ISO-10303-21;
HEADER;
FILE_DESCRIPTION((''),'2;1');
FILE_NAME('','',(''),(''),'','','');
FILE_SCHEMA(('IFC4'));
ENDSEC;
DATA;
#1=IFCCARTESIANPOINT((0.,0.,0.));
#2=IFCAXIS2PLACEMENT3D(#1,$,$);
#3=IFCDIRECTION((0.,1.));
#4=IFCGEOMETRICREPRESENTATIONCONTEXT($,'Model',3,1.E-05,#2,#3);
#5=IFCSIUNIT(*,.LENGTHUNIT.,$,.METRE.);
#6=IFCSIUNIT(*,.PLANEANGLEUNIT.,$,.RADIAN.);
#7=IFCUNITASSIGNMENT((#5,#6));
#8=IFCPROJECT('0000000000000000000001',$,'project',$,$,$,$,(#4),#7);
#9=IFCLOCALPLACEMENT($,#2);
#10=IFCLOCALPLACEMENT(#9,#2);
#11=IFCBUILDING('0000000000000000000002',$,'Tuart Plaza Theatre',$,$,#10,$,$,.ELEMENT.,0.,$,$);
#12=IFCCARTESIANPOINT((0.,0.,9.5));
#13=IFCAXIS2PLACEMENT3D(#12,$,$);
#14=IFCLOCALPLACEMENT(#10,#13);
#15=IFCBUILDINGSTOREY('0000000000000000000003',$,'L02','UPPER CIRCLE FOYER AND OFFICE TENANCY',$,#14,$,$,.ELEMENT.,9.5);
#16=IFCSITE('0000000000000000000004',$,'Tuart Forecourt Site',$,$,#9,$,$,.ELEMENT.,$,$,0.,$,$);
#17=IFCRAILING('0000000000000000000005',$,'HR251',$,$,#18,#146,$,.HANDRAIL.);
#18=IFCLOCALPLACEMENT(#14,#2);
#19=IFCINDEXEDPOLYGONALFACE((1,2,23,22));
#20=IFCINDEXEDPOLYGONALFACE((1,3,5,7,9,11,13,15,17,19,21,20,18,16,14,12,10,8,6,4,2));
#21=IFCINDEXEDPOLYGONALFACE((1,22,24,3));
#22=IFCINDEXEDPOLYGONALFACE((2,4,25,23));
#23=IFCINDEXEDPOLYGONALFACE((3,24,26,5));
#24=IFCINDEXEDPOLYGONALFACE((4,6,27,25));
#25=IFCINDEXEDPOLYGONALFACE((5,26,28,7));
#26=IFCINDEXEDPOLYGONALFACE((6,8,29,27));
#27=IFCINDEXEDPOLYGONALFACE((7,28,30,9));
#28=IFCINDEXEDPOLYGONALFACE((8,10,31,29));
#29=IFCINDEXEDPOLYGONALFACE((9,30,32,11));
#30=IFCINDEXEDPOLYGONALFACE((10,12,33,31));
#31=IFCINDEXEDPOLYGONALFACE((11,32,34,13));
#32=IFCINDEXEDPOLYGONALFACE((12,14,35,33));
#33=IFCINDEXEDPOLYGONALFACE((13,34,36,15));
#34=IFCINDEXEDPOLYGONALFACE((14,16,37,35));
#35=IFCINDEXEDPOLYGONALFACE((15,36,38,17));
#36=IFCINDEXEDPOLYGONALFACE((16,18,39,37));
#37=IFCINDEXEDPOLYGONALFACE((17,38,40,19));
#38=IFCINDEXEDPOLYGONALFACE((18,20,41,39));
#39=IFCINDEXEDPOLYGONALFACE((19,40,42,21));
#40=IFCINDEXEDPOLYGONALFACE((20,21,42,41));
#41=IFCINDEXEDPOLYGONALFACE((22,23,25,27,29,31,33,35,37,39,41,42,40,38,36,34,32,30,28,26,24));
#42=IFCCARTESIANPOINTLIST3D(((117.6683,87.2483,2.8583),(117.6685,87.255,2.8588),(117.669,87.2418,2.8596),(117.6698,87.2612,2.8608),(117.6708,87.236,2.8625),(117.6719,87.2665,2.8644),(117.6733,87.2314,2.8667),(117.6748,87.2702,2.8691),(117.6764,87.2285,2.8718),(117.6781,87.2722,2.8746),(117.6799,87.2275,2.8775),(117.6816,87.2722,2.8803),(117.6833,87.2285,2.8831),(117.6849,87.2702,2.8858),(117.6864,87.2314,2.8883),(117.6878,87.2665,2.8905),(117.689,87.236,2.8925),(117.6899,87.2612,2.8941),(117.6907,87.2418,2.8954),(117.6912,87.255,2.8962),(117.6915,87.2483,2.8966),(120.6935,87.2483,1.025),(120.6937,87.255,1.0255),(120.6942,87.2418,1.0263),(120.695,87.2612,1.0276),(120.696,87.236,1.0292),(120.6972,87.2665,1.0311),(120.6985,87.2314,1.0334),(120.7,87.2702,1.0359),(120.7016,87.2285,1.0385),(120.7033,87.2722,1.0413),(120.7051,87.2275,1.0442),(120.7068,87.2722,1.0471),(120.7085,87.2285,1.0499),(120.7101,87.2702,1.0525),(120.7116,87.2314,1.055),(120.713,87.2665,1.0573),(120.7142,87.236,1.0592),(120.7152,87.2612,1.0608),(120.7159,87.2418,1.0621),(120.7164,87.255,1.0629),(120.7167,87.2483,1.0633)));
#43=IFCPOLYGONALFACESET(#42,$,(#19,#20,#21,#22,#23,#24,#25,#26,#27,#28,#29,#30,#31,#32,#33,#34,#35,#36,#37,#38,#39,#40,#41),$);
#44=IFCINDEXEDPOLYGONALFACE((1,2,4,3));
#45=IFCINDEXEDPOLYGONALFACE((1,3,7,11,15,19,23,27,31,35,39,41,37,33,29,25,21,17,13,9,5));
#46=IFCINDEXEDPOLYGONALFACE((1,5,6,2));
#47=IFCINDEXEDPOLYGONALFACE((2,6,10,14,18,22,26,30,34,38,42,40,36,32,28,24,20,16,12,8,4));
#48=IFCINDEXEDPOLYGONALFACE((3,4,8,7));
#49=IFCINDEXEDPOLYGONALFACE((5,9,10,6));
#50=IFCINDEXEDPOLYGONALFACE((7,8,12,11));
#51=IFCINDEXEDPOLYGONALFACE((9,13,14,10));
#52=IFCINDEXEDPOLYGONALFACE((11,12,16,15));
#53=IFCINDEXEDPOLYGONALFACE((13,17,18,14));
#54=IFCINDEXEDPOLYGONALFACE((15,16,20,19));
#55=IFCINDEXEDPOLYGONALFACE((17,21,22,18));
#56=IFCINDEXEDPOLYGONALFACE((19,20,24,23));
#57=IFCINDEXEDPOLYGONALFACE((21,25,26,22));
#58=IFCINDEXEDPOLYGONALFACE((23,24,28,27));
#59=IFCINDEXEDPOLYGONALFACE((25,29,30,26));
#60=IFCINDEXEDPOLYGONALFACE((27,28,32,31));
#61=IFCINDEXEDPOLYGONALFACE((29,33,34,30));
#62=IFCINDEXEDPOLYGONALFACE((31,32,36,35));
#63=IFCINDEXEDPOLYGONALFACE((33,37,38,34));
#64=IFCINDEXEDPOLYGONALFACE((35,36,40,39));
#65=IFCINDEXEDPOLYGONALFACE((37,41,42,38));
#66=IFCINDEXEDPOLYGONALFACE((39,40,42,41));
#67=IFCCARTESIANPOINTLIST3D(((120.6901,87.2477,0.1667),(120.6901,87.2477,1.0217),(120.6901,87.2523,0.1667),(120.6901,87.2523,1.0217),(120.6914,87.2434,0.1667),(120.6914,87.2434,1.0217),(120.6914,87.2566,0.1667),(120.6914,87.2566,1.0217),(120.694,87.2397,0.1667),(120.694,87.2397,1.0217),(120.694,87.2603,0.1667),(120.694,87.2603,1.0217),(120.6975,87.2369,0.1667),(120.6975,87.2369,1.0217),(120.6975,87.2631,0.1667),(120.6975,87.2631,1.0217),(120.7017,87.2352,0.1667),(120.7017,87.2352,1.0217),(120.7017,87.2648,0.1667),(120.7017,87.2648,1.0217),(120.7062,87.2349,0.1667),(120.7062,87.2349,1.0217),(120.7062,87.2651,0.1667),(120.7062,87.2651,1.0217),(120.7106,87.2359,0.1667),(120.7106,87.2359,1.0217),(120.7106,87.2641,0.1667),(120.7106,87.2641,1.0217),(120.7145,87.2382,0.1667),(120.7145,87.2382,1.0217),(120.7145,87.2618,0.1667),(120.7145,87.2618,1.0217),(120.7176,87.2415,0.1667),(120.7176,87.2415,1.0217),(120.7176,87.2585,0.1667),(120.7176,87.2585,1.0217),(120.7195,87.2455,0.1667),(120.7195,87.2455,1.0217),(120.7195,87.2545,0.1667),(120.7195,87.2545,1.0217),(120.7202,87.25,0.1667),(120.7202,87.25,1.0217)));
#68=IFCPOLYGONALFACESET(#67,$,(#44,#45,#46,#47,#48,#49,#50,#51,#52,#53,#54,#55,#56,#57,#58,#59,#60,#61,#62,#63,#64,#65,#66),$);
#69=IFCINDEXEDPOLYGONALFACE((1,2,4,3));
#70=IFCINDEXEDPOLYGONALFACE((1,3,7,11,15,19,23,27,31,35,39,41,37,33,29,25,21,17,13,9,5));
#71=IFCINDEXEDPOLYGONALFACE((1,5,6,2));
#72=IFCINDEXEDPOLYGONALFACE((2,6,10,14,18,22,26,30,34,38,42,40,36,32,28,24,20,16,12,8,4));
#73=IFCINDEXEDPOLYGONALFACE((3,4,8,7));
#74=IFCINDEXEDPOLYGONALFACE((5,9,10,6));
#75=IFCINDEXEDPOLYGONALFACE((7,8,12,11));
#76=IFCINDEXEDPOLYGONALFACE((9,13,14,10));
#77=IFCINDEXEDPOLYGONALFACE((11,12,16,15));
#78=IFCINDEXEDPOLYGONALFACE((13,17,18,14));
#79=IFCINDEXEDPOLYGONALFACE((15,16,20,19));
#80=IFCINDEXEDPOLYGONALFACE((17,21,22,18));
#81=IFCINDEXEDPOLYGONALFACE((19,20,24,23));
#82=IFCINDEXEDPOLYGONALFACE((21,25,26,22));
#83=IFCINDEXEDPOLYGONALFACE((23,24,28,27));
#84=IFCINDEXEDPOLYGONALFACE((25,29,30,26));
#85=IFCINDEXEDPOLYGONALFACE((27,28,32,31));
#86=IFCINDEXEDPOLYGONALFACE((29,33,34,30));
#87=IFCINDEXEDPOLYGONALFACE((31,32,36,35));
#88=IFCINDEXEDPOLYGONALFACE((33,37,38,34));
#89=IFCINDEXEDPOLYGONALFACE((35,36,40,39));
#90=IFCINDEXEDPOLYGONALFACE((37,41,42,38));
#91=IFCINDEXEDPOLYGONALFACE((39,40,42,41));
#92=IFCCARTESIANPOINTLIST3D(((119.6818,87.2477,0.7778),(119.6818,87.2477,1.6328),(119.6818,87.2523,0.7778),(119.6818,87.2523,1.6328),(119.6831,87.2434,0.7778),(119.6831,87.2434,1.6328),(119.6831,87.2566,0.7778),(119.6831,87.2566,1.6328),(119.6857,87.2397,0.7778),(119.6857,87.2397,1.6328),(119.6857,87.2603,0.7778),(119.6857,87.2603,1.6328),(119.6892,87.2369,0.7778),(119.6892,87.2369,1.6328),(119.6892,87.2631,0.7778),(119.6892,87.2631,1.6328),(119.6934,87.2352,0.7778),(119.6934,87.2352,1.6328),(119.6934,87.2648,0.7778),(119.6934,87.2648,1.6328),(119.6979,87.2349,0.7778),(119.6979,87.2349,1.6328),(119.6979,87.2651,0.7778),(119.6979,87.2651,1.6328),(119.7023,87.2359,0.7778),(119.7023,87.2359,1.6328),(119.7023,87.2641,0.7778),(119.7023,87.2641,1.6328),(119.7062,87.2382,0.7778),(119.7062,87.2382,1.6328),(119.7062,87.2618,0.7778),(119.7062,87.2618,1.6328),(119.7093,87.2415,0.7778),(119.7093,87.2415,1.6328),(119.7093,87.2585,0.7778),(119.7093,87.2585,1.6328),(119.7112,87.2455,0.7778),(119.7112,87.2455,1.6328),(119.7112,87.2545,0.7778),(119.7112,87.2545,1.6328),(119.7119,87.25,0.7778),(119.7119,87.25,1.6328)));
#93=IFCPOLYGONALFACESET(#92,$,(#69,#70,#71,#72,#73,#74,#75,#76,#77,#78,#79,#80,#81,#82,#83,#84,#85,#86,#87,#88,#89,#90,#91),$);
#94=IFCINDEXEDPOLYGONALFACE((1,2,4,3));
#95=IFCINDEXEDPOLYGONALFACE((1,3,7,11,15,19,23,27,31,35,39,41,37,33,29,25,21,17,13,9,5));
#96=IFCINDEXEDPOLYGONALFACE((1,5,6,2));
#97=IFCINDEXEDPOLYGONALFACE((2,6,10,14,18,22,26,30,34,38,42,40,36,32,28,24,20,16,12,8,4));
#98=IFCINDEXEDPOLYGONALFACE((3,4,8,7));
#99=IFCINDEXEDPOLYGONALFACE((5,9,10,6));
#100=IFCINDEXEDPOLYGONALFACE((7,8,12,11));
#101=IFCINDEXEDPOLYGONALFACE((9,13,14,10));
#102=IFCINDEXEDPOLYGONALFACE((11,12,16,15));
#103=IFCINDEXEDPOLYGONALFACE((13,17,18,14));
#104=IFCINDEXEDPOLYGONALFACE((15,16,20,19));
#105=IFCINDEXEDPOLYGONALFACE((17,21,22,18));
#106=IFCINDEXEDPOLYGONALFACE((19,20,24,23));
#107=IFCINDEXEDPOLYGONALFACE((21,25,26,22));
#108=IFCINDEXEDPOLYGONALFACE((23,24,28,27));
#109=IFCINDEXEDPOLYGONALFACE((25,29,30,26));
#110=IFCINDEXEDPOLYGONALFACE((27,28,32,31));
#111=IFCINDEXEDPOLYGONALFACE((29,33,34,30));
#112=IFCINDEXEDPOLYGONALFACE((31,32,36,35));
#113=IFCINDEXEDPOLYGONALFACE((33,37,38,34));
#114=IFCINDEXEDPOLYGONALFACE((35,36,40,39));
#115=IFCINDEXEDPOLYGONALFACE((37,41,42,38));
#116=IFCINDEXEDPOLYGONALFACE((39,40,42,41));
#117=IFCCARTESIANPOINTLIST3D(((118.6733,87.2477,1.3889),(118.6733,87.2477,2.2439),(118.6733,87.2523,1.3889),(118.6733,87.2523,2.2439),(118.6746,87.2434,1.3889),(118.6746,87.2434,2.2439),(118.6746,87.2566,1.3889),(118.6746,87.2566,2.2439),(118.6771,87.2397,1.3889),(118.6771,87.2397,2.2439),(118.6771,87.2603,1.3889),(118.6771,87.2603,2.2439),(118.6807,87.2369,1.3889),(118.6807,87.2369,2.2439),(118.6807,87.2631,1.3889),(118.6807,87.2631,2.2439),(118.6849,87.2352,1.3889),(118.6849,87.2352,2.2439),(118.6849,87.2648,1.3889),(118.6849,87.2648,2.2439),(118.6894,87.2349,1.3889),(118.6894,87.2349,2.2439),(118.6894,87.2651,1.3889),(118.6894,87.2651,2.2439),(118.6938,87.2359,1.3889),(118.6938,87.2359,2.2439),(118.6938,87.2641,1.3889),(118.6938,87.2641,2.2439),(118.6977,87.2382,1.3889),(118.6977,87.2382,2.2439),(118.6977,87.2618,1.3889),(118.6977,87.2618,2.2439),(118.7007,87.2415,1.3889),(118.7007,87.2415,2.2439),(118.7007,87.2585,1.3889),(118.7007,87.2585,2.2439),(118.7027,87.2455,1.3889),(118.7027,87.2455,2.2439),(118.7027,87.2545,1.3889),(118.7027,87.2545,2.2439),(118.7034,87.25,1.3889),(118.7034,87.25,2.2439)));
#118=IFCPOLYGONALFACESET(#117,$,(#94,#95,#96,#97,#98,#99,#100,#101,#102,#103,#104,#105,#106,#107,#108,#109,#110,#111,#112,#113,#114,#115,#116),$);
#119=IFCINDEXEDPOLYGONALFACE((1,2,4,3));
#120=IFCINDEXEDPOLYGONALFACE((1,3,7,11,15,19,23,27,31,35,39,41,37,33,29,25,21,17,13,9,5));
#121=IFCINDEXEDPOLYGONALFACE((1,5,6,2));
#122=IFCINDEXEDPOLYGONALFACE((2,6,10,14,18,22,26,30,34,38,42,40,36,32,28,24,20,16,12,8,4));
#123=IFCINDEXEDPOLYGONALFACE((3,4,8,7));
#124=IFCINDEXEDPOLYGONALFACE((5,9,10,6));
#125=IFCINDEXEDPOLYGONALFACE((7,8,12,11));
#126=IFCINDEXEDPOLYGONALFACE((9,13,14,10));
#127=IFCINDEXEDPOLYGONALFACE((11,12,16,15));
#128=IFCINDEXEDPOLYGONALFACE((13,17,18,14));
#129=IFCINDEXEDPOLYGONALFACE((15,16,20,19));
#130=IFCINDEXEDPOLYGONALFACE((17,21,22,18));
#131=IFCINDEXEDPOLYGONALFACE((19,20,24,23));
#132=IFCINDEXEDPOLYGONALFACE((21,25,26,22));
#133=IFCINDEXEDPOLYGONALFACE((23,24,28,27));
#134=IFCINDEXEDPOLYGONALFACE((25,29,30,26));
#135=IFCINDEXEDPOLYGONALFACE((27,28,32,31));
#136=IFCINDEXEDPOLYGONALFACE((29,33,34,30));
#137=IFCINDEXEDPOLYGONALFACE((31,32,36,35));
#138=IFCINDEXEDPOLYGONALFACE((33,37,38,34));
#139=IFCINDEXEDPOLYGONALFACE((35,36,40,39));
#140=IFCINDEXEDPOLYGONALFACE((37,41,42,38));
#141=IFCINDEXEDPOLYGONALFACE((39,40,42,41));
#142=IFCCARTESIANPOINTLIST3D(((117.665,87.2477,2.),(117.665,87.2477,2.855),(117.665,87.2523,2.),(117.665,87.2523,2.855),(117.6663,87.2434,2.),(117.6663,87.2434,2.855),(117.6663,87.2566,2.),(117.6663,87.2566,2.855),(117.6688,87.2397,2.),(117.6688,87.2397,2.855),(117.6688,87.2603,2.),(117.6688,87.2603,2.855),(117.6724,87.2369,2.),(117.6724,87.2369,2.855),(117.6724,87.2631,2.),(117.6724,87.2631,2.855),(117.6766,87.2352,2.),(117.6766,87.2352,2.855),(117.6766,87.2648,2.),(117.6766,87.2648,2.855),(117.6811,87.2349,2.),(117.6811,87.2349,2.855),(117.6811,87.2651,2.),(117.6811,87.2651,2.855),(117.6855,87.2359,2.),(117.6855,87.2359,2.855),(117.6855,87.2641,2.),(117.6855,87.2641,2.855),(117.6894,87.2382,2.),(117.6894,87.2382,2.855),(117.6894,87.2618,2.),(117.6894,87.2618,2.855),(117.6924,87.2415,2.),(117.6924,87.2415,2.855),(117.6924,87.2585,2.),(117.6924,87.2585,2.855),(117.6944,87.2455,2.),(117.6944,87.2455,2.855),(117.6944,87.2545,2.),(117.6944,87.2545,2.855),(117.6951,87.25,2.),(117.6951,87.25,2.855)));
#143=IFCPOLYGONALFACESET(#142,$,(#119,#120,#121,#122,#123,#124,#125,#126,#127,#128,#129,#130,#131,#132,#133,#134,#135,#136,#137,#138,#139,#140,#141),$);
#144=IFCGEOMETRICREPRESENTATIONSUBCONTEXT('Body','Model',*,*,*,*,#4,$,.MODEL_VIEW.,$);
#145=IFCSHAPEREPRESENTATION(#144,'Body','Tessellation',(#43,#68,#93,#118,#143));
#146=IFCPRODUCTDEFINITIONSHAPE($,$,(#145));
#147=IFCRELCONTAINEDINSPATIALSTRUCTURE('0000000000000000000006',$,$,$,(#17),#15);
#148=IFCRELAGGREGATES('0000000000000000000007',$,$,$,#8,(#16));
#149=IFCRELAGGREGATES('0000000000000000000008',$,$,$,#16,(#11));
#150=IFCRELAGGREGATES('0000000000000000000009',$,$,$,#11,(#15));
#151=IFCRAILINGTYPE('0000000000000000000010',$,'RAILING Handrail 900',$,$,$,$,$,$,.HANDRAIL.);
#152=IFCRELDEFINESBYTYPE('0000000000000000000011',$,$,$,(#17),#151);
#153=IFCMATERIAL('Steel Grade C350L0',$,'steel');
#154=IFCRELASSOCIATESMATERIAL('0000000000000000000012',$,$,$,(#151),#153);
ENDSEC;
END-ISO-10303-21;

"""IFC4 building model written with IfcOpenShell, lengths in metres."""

from ifc_helpers import new_model, si_unit, direction, frame, origin, origin_2d, place, context, subcontext, project, spatial, circle, extrude, material, type_object, element, save


model = new_model("IFC4")

# Units and contexts
model_context = context("Model", 3, precision=1e-05, world=origin(), true_north=direction((0.0, 1.0)))
body_context = subcontext(model_context, "Body", "Model", "MODEL_VIEW")
ifc_project = project(units=[si_unit("LENGTHUNIT", "METRE"), si_unit("PLANEANGLEUNIT", "RADIAN")], contexts=[model_context])

# Site, building, storey
site_placement = place(None, origin())
site = spatial("IfcSite", under=ifc_project, at=site_placement, Name="Tuart Forecourt Site", CompositionType="ELEMENT", RefElevation=0.0)
building_placement = place(site_placement, origin())
building = spatial("IfcBuilding", under=site, at=building_placement, Name="Tuart Plaza Theatre", CompositionType="ELEMENT", ElevationOfRefHeight=0.0)
storey_placement = place(building_placement, frame((0.0, 0.0, 9.5)))
storey = spatial("IfcBuildingStorey", under=building, at=storey_placement, Name="L02", Description="UPPER CIRCLE FOYER AND OFFICE TENANCY", CompositionType="ELEMENT", Elevation=9.5)

# Railing
ifc_material_1 = material(Name="Steel Grade C350L0", Category="steel")
railing_type_1 = type_object("IfcRailingType", Name="RAILING Handrail 900", PredefinedType="HANDRAIL", material=ifc_material_1)
railing_1_placement = place(storey_placement, frame((120.7051, 87.25, 0.1667)))
element("IfcRailing", 1, at=railing_1_placement, inside=storey, type_object=railing_type_1, Name="HR251", PredefinedType="HANDRAIL", context=body_context, shape_type="SweptSolid", body=[
    extrude(circle(Radius=0.0225, at=origin_2d()), frame((0.0, 0.0, 0.8774), z_axis=(-0.855219, 0.0, 0.518267), x_axis=(0.0, -1.0, 0.0)), (0.0, 0.0, 1.0), 3.5374),
    extrude(circle(Radius=0.0151, at=origin_2d()), origin(), (0.0, 0.0, 1.0), 0.855),
    extrude(circle(Radius=0.0151, at=origin_2d()), frame((-1.0083, 0.0, 0.6111)), (0.0, 0.0, 1.0), 0.855),
    extrude(circle(Radius=0.0151, at=origin_2d()), frame((-2.0168, 0.0, 1.2222)), (0.0, 0.0, 1.0), 0.855),
    extrude(circle(Radius=0.0151, at=origin_2d()), frame((-3.0251, 0.0, 1.8333)), (0.0, 0.0, 1.0), 0.855),
])

save(model, "model.ifc")
